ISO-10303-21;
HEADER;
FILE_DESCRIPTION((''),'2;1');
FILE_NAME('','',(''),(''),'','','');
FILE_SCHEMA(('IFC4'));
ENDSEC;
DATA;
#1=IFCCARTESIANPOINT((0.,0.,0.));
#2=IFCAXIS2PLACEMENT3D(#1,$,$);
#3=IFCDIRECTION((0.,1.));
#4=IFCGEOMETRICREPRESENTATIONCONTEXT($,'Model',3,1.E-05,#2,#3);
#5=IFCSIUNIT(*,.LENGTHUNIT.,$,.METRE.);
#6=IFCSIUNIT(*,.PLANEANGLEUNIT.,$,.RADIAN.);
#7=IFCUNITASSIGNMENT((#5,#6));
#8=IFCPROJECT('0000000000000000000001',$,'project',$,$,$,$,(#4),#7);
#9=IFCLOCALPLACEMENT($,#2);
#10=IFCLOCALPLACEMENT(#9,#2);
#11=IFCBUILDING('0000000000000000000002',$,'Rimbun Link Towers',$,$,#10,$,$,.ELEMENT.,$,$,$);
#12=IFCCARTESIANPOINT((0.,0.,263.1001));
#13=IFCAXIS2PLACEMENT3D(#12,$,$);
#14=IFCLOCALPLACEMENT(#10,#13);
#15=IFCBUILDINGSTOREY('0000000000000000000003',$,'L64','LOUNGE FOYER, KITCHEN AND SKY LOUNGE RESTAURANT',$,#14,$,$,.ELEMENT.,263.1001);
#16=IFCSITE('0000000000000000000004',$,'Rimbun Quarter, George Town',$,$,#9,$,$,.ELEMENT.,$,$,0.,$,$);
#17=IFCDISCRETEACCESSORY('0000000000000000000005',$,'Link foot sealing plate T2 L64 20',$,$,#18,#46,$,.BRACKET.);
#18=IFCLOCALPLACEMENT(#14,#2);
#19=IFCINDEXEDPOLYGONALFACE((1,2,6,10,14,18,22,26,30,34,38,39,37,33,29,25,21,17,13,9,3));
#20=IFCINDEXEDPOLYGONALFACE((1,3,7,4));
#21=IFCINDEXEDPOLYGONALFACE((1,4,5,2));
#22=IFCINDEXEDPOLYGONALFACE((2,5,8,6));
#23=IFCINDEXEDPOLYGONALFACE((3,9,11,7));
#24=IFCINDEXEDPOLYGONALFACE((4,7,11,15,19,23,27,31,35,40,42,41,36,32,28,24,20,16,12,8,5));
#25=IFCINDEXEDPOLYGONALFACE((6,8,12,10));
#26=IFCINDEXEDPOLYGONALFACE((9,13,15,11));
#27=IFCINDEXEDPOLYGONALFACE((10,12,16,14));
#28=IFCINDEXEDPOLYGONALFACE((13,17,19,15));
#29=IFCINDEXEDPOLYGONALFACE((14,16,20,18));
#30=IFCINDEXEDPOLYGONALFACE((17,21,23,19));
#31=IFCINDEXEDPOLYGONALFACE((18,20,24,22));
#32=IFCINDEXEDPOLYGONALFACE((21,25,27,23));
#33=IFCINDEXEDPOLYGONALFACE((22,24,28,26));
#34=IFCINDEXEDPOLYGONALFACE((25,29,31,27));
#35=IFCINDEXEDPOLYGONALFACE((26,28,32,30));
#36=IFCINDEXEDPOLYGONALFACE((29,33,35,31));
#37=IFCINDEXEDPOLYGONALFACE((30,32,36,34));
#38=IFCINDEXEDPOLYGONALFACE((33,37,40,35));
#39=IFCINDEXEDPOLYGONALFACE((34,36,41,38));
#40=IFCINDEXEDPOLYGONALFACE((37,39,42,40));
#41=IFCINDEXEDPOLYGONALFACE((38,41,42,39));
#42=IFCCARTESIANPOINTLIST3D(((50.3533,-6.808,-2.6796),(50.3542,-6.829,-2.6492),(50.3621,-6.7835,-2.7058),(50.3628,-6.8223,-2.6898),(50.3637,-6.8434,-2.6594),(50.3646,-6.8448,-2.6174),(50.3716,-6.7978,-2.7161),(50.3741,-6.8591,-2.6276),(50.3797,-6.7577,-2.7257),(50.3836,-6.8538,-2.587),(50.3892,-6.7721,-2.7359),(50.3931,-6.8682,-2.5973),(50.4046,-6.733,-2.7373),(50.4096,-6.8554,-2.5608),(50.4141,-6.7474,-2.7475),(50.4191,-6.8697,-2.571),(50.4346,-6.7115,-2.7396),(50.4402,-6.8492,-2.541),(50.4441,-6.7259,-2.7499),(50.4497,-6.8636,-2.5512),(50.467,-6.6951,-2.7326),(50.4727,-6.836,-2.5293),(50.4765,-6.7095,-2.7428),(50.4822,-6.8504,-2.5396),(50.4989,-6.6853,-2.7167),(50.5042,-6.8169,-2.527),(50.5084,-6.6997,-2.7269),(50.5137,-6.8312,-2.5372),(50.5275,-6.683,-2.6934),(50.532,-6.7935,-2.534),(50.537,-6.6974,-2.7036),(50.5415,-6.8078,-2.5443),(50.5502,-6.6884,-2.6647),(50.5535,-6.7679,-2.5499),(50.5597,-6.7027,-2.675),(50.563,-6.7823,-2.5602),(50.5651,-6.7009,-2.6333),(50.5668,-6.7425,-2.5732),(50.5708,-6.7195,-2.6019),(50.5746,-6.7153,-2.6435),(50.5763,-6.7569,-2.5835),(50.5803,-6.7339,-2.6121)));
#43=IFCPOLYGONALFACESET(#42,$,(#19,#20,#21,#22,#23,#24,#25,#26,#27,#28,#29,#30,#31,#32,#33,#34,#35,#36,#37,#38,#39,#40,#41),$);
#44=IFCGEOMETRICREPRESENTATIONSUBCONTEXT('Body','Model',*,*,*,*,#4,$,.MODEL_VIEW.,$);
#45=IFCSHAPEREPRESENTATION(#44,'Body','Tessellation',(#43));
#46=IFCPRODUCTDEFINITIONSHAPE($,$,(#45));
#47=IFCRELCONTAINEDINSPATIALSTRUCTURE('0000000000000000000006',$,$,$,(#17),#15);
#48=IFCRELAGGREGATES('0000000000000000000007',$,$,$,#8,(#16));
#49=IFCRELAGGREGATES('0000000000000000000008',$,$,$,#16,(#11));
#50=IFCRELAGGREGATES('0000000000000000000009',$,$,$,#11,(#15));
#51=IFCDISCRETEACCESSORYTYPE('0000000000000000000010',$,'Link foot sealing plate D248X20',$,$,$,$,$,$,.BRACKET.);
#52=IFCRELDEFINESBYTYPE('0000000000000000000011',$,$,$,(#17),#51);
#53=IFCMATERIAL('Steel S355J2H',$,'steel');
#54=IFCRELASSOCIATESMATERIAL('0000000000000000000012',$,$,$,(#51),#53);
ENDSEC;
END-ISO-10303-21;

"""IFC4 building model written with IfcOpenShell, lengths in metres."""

from ifc_helpers import new_model, si_unit, direction, frame, origin, origin_2d, place, context, subcontext, project, spatial, circle, extrude, material, material_profile, profile_set, type_object, element, save


model = new_model("IFC4")

# Units and contexts
model_context = context("Model", 3, precision=1e-05, world=origin(), true_north=direction((0.0, 1.0)))
body_context = subcontext(model_context, "Body", "Model", "MODEL_VIEW")
ifc_project = project(units=[si_unit("LENGTHUNIT", "METRE"), si_unit("PLANEANGLEUNIT", "RADIAN")], contexts=[model_context])

# Site, building, storey
site_placement = place(None, origin())
site = spatial("IfcSite", under=ifc_project, at=site_placement, Name="Rimbun Quarter, George Town", CompositionType="ELEMENT", RefElevation=0.0)
building_placement = place(site_placement, origin())
building = spatial("IfcBuilding", under=site, at=building_placement, Name="Rimbun Link Towers", CompositionType="ELEMENT")
storey_placement = place(building_placement, frame((0.0, 0.0, 263.1001)))
storey = spatial("IfcBuildingStorey", under=building, at=storey_placement, Name="L64", Description="LOUNGE FOYER, KITCHEN AND SKY LOUNGE RESTAURANT", CompositionType="ELEMENT", Elevation=263.1001)

# Discrete accessory
ifc_material_1 = material(Name="Steel S355J2H", Category="steel")
ifc_material_profile_1 = material_profile(ifc_material_1, circle(Radius=0.124, at=origin_2d()), Name="PL D248")
ifc_profile_set_1 = profile_set([ifc_material_profile_1], Name="Steel S355J2H")
discrete_accessory_type = type_object("IfcDiscreteAccessoryType", Name="Link foot sealing plate D248X20", PredefinedType="BRACKET", material=ifc_profile_set_1)
discrete_accessory_1_placement = place(storey_placement, frame((50.4617, -6.7693, -2.6333), z_axis=(0.474131, -0.717276, -0.510603), x_axis=(0.834219, 0.551433, 0.0)))
element("IfcDiscreteAccessory", 1, at=discrete_accessory_1_placement, inside=storey, type_object=discrete_accessory_type, Name="Link foot sealing plate T2 L64 20", PredefinedType="BRACKET", context=body_context, shape_type="SweptSolid", body=[
    extrude(circle(Radius=0.124, at=origin_2d()), origin(), (0.0, 0.0, 1.0), 0.02),
])

save(model, "model.ifc")
